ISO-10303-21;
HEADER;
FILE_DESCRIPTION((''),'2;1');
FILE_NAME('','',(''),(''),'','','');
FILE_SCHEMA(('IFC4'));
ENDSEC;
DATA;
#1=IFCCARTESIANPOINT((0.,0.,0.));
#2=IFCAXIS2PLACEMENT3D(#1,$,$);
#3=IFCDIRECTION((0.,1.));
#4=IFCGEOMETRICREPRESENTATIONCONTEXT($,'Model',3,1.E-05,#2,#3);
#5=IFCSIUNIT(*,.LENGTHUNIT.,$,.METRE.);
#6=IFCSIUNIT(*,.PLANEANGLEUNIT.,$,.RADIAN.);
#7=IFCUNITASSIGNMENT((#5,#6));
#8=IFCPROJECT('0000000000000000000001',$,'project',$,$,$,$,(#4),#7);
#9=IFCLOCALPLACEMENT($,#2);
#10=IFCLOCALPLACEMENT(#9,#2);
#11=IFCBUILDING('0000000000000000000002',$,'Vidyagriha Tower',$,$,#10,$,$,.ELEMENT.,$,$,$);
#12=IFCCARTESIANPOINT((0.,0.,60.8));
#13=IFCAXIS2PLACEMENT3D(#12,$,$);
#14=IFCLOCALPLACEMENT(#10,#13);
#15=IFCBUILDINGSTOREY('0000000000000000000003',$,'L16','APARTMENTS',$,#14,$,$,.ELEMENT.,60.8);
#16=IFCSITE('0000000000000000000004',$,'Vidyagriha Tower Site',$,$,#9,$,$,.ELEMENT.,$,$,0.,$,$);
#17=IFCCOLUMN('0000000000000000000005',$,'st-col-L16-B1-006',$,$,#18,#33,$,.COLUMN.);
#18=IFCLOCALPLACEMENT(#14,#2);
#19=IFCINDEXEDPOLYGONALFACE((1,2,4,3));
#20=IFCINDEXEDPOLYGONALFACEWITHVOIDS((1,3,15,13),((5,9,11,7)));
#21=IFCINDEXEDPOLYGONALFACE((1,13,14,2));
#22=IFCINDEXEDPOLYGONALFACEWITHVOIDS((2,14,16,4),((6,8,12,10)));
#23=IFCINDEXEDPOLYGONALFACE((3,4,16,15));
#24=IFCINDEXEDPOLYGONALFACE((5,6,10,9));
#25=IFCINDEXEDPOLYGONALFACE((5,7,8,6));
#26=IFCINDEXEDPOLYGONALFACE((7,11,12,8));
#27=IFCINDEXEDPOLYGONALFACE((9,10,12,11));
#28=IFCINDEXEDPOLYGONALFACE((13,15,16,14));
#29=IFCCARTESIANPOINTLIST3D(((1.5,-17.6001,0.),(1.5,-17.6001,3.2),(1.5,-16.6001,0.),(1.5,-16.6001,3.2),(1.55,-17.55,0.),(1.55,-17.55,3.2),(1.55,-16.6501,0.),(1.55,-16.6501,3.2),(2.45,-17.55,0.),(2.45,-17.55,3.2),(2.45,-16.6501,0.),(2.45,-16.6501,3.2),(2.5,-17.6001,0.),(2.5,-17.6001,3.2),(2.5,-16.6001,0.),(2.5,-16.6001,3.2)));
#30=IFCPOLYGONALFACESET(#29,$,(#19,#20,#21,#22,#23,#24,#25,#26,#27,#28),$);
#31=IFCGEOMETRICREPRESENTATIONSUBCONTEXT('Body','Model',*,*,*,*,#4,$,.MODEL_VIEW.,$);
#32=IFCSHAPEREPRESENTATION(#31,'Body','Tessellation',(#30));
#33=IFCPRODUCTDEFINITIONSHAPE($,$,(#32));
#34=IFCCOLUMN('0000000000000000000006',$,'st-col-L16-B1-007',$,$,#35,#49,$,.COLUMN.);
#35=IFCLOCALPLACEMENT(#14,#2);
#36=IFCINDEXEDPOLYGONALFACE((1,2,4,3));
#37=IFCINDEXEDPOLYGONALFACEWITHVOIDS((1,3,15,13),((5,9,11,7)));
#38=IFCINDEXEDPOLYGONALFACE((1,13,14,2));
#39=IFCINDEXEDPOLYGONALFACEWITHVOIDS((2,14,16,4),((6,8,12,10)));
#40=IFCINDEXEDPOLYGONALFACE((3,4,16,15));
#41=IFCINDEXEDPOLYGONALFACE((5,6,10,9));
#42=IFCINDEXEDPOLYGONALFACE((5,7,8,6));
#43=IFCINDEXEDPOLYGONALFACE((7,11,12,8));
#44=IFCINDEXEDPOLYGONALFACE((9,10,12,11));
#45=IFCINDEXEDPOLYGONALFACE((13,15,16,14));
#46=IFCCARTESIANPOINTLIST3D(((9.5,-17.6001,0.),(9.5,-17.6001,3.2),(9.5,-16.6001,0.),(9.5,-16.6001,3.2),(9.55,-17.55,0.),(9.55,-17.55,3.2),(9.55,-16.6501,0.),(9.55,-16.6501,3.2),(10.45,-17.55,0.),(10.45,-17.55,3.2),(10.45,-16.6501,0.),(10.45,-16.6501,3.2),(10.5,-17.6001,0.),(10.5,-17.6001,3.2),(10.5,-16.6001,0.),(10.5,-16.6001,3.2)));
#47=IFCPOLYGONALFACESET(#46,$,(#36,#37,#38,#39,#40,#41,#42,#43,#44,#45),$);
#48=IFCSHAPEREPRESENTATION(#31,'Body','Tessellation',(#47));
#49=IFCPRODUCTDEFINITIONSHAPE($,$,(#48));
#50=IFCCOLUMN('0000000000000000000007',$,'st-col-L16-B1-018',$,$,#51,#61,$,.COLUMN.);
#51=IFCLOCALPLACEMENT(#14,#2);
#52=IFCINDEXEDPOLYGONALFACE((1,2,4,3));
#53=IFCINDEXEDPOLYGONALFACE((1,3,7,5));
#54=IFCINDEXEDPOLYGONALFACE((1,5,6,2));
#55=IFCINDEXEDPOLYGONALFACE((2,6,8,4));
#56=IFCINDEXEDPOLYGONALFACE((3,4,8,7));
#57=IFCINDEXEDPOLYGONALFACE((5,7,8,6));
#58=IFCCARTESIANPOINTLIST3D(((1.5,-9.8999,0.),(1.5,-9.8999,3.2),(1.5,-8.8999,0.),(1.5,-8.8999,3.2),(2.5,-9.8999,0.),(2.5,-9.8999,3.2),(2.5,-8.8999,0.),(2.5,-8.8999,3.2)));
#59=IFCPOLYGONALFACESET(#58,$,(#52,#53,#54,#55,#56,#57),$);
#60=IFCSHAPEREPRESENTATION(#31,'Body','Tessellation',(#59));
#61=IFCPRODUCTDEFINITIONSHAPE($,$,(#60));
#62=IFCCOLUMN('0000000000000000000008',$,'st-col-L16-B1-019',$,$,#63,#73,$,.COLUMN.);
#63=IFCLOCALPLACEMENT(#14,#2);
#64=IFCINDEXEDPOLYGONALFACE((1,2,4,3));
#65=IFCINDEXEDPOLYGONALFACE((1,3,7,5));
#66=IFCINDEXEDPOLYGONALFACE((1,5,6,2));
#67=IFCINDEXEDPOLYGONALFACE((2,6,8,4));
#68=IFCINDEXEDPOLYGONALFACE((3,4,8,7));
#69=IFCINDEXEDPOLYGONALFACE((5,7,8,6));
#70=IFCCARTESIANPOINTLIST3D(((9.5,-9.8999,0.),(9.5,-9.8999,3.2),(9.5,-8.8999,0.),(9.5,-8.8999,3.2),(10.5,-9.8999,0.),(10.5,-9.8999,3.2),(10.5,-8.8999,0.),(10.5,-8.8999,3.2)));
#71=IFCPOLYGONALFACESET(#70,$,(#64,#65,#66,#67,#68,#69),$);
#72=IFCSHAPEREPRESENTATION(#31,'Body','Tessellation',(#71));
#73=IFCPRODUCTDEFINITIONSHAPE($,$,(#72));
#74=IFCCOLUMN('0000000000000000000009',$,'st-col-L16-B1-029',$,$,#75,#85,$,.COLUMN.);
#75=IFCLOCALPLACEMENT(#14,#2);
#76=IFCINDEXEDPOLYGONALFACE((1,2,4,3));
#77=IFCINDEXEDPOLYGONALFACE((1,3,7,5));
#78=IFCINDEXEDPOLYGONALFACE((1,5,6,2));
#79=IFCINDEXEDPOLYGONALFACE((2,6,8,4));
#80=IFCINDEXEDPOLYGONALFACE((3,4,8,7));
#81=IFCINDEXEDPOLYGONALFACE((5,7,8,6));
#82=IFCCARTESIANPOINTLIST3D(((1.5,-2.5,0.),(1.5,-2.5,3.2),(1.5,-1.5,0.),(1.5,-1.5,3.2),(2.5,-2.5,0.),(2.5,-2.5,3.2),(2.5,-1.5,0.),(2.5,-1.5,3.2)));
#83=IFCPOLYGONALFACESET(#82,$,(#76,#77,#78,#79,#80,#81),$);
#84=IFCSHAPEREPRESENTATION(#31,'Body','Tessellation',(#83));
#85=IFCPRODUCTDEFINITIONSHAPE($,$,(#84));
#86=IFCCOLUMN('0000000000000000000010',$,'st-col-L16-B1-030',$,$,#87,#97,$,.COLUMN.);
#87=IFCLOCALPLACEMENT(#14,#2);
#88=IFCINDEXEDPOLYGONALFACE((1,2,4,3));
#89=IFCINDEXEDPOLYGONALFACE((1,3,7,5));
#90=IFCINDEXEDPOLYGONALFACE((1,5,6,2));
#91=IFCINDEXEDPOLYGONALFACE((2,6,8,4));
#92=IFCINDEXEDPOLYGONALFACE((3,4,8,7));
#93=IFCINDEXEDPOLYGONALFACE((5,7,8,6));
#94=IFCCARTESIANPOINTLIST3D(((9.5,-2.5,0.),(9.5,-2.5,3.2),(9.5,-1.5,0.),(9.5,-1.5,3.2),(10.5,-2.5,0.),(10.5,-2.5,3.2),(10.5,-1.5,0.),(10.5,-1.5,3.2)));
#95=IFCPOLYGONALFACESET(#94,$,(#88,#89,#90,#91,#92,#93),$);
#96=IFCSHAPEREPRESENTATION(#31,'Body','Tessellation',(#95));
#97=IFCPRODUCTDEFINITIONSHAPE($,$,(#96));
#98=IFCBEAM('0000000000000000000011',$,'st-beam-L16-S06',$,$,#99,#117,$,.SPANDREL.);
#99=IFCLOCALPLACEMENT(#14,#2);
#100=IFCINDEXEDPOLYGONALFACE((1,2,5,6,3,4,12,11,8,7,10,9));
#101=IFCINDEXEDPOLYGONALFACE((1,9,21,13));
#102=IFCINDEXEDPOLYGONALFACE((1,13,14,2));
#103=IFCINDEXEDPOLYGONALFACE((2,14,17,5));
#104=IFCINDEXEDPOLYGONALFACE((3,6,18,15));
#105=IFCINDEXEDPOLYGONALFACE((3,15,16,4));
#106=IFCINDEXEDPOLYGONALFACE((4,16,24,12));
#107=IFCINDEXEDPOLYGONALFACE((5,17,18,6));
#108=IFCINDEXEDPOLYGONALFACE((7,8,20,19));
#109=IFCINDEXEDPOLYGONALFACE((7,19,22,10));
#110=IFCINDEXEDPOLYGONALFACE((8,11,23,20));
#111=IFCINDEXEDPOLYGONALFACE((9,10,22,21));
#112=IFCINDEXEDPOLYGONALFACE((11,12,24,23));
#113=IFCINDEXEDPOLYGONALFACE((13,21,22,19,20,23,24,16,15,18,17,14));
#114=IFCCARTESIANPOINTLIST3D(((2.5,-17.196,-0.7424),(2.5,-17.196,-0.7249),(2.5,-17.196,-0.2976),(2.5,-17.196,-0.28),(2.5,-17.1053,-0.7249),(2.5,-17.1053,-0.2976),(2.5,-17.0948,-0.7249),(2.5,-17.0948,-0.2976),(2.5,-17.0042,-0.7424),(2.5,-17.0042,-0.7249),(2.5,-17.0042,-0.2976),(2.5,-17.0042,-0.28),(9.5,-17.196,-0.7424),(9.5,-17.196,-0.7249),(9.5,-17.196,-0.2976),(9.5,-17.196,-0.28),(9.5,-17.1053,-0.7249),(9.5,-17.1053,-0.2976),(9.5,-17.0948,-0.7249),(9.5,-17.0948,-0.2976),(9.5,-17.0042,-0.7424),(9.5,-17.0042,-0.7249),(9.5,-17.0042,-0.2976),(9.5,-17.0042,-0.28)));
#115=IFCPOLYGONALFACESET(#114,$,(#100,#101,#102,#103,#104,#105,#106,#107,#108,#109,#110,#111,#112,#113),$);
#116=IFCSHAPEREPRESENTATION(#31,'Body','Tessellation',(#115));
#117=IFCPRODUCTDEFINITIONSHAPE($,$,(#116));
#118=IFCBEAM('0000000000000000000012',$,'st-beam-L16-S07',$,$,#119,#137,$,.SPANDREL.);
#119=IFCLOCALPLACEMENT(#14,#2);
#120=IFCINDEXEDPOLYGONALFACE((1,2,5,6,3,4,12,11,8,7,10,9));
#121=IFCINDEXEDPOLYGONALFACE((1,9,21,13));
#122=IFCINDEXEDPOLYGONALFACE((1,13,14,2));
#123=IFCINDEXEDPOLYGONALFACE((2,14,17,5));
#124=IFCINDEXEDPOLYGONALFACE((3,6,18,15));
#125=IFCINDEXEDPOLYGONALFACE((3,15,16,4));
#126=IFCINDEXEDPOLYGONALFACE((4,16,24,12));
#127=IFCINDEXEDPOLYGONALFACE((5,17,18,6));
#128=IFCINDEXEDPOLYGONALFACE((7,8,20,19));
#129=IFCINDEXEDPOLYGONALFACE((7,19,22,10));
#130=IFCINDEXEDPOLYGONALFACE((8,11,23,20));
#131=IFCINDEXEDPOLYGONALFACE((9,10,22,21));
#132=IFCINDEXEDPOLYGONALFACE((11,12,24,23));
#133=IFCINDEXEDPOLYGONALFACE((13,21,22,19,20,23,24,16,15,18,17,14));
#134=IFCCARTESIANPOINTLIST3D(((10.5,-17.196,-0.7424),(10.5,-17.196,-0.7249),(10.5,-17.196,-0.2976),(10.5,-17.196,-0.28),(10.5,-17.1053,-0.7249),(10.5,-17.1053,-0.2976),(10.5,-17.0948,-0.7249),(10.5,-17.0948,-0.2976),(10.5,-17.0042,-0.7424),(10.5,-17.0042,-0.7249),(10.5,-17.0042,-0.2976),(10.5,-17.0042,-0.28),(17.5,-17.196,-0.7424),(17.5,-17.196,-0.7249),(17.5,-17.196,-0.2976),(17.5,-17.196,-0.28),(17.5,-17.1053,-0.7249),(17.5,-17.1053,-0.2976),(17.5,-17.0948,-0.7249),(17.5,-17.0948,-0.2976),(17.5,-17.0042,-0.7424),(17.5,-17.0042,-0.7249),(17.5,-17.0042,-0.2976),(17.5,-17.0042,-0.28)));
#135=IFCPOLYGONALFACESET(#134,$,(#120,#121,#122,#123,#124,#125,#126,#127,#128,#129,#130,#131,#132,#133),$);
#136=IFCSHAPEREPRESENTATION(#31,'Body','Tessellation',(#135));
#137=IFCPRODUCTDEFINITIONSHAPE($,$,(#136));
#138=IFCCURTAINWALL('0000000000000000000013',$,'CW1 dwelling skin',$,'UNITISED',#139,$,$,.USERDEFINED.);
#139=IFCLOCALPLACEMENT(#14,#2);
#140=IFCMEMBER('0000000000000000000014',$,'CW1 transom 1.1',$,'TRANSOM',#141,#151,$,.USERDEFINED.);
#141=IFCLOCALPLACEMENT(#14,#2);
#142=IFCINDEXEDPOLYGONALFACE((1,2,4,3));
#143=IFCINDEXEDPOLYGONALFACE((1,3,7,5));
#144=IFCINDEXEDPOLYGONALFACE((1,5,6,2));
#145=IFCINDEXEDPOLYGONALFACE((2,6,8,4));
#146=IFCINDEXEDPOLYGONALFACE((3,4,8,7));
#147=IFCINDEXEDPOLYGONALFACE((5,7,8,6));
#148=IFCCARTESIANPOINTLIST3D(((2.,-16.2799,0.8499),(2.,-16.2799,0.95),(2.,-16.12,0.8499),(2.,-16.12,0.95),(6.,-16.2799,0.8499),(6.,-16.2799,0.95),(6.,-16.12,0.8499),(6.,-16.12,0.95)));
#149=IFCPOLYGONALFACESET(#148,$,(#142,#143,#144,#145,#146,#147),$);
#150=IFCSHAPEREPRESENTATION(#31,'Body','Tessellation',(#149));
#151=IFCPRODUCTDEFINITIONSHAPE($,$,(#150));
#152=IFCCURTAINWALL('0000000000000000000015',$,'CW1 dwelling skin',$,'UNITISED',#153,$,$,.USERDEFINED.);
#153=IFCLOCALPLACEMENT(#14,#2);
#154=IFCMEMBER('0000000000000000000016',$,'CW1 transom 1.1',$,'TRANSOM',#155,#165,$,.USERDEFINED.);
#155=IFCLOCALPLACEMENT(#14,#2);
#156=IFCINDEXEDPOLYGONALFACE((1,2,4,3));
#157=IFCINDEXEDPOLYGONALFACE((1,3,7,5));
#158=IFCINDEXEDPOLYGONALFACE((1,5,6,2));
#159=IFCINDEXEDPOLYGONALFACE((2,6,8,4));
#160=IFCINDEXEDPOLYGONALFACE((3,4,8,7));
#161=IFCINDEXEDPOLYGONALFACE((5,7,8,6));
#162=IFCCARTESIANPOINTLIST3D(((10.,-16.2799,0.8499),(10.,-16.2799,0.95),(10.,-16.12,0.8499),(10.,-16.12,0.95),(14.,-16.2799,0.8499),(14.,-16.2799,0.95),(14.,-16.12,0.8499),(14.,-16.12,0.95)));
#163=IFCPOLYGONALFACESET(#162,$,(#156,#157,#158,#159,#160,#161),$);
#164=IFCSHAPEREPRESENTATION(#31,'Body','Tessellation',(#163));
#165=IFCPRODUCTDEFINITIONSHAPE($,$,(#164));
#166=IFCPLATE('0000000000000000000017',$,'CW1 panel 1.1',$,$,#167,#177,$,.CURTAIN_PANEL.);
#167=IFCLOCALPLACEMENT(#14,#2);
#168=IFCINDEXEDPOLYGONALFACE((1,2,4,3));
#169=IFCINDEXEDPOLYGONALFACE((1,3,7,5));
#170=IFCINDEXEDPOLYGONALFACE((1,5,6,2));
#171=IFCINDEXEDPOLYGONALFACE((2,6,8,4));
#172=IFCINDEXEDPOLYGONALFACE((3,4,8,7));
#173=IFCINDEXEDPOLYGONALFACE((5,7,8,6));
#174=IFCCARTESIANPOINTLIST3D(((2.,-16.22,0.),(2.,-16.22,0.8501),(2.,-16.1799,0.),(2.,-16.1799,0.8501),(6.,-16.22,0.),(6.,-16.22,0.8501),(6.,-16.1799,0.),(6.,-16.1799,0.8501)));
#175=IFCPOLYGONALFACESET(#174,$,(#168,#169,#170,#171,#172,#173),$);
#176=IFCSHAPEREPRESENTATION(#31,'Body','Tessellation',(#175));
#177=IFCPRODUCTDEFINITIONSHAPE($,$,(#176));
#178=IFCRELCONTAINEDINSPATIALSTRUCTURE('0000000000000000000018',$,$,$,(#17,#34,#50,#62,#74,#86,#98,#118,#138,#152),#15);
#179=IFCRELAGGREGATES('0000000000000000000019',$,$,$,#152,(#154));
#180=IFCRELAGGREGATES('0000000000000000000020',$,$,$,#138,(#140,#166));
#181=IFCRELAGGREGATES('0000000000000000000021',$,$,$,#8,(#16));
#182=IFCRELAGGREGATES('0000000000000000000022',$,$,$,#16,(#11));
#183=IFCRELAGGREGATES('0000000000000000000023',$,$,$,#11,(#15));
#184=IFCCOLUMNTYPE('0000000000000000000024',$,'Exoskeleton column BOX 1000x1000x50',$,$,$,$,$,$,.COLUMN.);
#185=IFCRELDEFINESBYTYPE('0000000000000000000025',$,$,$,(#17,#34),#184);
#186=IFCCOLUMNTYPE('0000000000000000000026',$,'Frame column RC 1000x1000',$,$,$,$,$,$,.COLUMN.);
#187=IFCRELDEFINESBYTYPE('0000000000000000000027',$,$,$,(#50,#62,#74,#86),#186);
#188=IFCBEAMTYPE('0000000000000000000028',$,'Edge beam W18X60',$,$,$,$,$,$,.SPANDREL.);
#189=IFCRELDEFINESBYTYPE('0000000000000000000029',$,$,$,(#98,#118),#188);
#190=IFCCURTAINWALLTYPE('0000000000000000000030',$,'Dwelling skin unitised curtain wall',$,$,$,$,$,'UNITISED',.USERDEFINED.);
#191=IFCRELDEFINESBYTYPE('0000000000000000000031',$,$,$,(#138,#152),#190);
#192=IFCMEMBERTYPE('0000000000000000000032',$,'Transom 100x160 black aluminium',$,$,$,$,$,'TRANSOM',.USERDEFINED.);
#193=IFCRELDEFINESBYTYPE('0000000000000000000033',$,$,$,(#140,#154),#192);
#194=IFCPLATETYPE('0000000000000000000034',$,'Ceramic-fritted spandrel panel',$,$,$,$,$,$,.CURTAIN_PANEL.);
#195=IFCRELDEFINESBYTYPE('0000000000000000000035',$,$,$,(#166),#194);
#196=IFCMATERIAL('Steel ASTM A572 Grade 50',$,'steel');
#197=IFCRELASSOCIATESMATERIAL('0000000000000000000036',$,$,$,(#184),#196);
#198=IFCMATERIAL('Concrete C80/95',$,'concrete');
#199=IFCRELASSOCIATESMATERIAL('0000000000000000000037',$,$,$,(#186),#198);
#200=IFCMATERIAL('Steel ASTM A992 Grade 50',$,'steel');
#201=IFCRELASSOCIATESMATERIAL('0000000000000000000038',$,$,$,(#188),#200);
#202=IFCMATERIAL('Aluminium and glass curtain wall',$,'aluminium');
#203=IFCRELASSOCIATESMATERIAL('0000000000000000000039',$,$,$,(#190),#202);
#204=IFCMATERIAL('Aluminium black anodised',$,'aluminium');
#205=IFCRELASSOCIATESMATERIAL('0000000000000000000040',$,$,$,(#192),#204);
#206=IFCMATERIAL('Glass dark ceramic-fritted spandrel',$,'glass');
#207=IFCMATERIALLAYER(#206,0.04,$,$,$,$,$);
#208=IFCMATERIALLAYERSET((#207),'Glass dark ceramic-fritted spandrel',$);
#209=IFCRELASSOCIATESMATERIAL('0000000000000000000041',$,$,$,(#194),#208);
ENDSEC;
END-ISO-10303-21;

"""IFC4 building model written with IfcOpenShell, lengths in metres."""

from ifc_helpers import new_model, si_unit, direction, frame, origin, origin_2d, place, context, subcontext, project, spatial, rectangle, hollow_rectangle, i_section, extrude, material, layer, layer_set, material_profile, profile_set, type_object, element, aggregate, save


model = new_model("IFC4")

# Units and contexts
model_context = context("Model", 3, precision=1e-05, world=origin(), true_north=direction((0.0, 1.0)))
body_context = subcontext(model_context, "Body", "Model", "MODEL_VIEW")
ifc_project = project(units=[si_unit("LENGTHUNIT", "METRE"), si_unit("PLANEANGLEUNIT", "RADIAN")], contexts=[model_context])

# Site, building, storey
site_placement = place(None, origin())
site = spatial("IfcSite", under=ifc_project, at=site_placement, Name="Vidyagriha Tower Site", CompositionType="ELEMENT", RefElevation=0.0)
building_placement = place(site_placement, origin())
building = spatial("IfcBuilding", under=site, at=building_placement, Name="Vidyagriha Tower", CompositionType="ELEMENT")
storey_placement = place(building_placement, frame((0.0, 0.0, 60.8)))
storey = spatial("IfcBuildingStorey", under=building, at=storey_placement, Name="L16", Description="APARTMENTS", CompositionType="ELEMENT", Elevation=60.8)

# Columns
ifc_material_1 = material(Name="Steel ASTM A572 Grade 50", Category="steel")
ifc_material_profile_1 = material_profile(ifc_material_1, hollow_rectangle(XDim=1.0, YDim=1.0, WallThickness=0.05, at=origin_2d()), Name="BOX 1000x1000x50")
ifc_profile_set_1 = profile_set([ifc_material_profile_1], Name="Steel ASTM A572 Grade 50")
column_type_1 = type_object("IfcColumnType", Name="Exoskeleton column BOX 1000x1000x50", PredefinedType="COLUMN", material=ifc_profile_set_1)
for number, where, name in (
    (1, (2.0, -17.1001, 0.0), "st-col-L16-B1-006"),
    (2, (10.0, -17.1001, 0.0), "st-col-L16-B1-007"),
):
    element("IfcColumn", number, at=place(storey_placement, frame(where)), inside=storey, type_object=column_type_1, Name=name, PredefinedType="COLUMN", context=body_context, shape_type="SweptSolid", body=[
        extrude(hollow_rectangle(XDim=1.0, YDim=1.0, WallThickness=0.05, at=origin_2d()), origin(), (0.0, 0.0, 1.0), 3.2),
    ])
ifc_material_2 = material(Name="Concrete C80/95", Category="concrete")
ifc_material_profile_2 = material_profile(ifc_material_2, rectangle(XDim=1.0, YDim=1.0, at=origin_2d()), Name="RC 1000x1000")
ifc_profile_set_2 = profile_set([ifc_material_profile_2], Name="Concrete C80/95")
column_type_2 = type_object("IfcColumnType", Name="Frame column RC 1000x1000", PredefinedType="COLUMN", material=ifc_profile_set_2)
for number, where, name in (
    (3, (2.0, -9.3999, 0.0), "st-col-L16-B1-018"),
    (4, (10.0, -9.3999, 0.0), "st-col-L16-B1-019"),
    (5, (2.0, -2.0, 0.0), "st-col-L16-B1-029"),
    (6, (10.0, -2.0, 0.0), "st-col-L16-B1-030"),
):
    element("IfcColumn", number, at=place(storey_placement, frame(where)), inside=storey, type_object=column_type_2, Name=name, PredefinedType="COLUMN", context=body_context, shape_type="SweptSolid", body=[
        extrude(rectangle(XDim=1.0, YDim=1.0, at=origin_2d()), origin(), (0.0, 0.0, 1.0), 3.2),
    ])

# Beams
ifc_material_3 = material(Name="Steel ASTM A992 Grade 50", Category="steel")
ifc_material_profile_3 = material_profile(ifc_material_3, i_section(OverallWidth=0.1919, OverallDepth=0.4624, WebThickness=0.0105, FlangeThickness=0.0176, at=origin_2d()), Name="W18X60")
ifc_profile_set_3 = profile_set([ifc_material_profile_3], Name="Steel ASTM A992 Grade 50")
beam_type = type_object("IfcBeamType", Name="Edge beam W18X60", PredefinedType="SPANDREL", material=ifc_profile_set_3)
for number, where, z_axis, x_axis, name in (
    (7, (2.5, -17.1001, -0.5112), (1.0, 0.0, 0.0), (0.0, 1.0, 0.0), "st-beam-L16-S06"),
    (8, (10.5, -17.1001, -0.5112), (1.0, 0.0, 0.0), (0.0, 1.0, 0.0), "st-beam-L16-S07"),
):
    element("IfcBeam", number, at=place(storey_placement, frame(where, z_axis=z_axis, x_axis=x_axis)), inside=storey, type_object=beam_type, Name=name, PredefinedType="SPANDREL", context=body_context, shape_type="SweptSolid", body=[
        extrude(i_section(OverallWidth=0.1919, OverallDepth=0.4624, WebThickness=0.0105, FlangeThickness=0.0176, at=origin_2d()), origin(), (0.0, 0.0, 1.0), 7.0),
    ])

# Curtain walls, members
ifc_material_4 = material(Name="Aluminium and glass curtain wall", Category="aluminium")
curtain_wall_type = type_object("IfcCurtainWallType", Name="Dwelling skin unitised curtain wall", ElementType="UNITISED", PredefinedType="USERDEFINED", material=ifc_material_4)
curtain_wall_1_placement = place(storey_placement, origin())
curtain_wall_1 = element("IfcCurtainWall", 9, at=curtain_wall_1_placement, inside=storey, type_object=curtain_wall_type, Name="CW1 dwelling skin", ObjectType="UNITISED", PredefinedType="USERDEFINED")
ifc_material_5 = material(Name="Aluminium black anodised", Category="aluminium")
ifc_material_profile_4 = material_profile(ifc_material_5, rectangle(XDim=0.1599, YDim=0.1001, at=origin_2d()), Name="Transom 100x160 black aluminium")
ifc_profile_set_4 = profile_set([ifc_material_profile_4], Name="Aluminium black anodised")
member_type = type_object("IfcMemberType", Name="Transom 100x160 black aluminium", ElementType="TRANSOM", PredefinedType="USERDEFINED", material=ifc_profile_set_4)
member_1_placement = place(storey_placement, frame((2.0, -16.2, 0.8999), z_axis=(1.0, 0.0, 0.0), x_axis=(0.0, 1.0, 0.0)))
member_1 = element("IfcMember", 10, at=member_1_placement, type_object=member_type, Name="CW1 transom 1.1", ObjectType="TRANSOM", PredefinedType="USERDEFINED", context=body_context, shape_type="SweptSolid", body=[
    extrude(rectangle(XDim=0.1599, YDim=0.1001, at=origin_2d()), origin(), (0.0, 0.0, 1.0), 4.0),
])
curtain_wall_2_placement = place(storey_placement, origin())
curtain_wall_2 = element("IfcCurtainWall", 11, at=curtain_wall_2_placement, inside=storey, type_object=curtain_wall_type, Name="CW1 dwelling skin", ObjectType="UNITISED", PredefinedType="USERDEFINED")
member_2_placement = place(storey_placement, frame((10.0, -16.2, 0.8999), z_axis=(1.0, 0.0, 0.0), x_axis=(0.0, 1.0, 0.0)))
member_2 = element("IfcMember", 12, at=member_2_placement, type_object=member_type, Name="CW1 transom 1.1", ObjectType="TRANSOM", PredefinedType="USERDEFINED", context=body_context, shape_type="SweptSolid", body=[
    extrude(rectangle(XDim=0.1599, YDim=0.1001, at=origin_2d()), origin(), (0.0, 0.0, 1.0), 4.0),
])
aggregate(curtain_wall_2, [member_2])

# Plate
ifc_material_6 = material(Name="Glass dark ceramic-fritted spandrel", Category="glass")
ifc_layer_1 = layer(ifc_material_6, 0.04)
ifc_layer_set_1 = layer_set([ifc_layer_1], Name="Glass dark ceramic-fritted spandrel")
plate_type_1 = type_object("IfcPlateType", Name="Ceramic-fritted spandrel panel", PredefinedType="CURTAIN_PANEL", material=ifc_layer_set_1)
plate_1_placement = place(storey_placement, frame((4.0, -16.2, 0.0)))
plate_1 = element("IfcPlate", 13, at=plate_1_placement, type_object=plate_type_1, Name="CW1 panel 1.1", PredefinedType="CURTAIN_PANEL", context=body_context, shape_type="SweptSolid", body=[
    extrude(rectangle(XDim=4.0, YDim=0.04, at=origin_2d()), origin(), (0.0, 0.0, 1.0), 0.8501),
])

aggregate(curtain_wall_1, [member_1, plate_1])

save(model, "model.ifc")
